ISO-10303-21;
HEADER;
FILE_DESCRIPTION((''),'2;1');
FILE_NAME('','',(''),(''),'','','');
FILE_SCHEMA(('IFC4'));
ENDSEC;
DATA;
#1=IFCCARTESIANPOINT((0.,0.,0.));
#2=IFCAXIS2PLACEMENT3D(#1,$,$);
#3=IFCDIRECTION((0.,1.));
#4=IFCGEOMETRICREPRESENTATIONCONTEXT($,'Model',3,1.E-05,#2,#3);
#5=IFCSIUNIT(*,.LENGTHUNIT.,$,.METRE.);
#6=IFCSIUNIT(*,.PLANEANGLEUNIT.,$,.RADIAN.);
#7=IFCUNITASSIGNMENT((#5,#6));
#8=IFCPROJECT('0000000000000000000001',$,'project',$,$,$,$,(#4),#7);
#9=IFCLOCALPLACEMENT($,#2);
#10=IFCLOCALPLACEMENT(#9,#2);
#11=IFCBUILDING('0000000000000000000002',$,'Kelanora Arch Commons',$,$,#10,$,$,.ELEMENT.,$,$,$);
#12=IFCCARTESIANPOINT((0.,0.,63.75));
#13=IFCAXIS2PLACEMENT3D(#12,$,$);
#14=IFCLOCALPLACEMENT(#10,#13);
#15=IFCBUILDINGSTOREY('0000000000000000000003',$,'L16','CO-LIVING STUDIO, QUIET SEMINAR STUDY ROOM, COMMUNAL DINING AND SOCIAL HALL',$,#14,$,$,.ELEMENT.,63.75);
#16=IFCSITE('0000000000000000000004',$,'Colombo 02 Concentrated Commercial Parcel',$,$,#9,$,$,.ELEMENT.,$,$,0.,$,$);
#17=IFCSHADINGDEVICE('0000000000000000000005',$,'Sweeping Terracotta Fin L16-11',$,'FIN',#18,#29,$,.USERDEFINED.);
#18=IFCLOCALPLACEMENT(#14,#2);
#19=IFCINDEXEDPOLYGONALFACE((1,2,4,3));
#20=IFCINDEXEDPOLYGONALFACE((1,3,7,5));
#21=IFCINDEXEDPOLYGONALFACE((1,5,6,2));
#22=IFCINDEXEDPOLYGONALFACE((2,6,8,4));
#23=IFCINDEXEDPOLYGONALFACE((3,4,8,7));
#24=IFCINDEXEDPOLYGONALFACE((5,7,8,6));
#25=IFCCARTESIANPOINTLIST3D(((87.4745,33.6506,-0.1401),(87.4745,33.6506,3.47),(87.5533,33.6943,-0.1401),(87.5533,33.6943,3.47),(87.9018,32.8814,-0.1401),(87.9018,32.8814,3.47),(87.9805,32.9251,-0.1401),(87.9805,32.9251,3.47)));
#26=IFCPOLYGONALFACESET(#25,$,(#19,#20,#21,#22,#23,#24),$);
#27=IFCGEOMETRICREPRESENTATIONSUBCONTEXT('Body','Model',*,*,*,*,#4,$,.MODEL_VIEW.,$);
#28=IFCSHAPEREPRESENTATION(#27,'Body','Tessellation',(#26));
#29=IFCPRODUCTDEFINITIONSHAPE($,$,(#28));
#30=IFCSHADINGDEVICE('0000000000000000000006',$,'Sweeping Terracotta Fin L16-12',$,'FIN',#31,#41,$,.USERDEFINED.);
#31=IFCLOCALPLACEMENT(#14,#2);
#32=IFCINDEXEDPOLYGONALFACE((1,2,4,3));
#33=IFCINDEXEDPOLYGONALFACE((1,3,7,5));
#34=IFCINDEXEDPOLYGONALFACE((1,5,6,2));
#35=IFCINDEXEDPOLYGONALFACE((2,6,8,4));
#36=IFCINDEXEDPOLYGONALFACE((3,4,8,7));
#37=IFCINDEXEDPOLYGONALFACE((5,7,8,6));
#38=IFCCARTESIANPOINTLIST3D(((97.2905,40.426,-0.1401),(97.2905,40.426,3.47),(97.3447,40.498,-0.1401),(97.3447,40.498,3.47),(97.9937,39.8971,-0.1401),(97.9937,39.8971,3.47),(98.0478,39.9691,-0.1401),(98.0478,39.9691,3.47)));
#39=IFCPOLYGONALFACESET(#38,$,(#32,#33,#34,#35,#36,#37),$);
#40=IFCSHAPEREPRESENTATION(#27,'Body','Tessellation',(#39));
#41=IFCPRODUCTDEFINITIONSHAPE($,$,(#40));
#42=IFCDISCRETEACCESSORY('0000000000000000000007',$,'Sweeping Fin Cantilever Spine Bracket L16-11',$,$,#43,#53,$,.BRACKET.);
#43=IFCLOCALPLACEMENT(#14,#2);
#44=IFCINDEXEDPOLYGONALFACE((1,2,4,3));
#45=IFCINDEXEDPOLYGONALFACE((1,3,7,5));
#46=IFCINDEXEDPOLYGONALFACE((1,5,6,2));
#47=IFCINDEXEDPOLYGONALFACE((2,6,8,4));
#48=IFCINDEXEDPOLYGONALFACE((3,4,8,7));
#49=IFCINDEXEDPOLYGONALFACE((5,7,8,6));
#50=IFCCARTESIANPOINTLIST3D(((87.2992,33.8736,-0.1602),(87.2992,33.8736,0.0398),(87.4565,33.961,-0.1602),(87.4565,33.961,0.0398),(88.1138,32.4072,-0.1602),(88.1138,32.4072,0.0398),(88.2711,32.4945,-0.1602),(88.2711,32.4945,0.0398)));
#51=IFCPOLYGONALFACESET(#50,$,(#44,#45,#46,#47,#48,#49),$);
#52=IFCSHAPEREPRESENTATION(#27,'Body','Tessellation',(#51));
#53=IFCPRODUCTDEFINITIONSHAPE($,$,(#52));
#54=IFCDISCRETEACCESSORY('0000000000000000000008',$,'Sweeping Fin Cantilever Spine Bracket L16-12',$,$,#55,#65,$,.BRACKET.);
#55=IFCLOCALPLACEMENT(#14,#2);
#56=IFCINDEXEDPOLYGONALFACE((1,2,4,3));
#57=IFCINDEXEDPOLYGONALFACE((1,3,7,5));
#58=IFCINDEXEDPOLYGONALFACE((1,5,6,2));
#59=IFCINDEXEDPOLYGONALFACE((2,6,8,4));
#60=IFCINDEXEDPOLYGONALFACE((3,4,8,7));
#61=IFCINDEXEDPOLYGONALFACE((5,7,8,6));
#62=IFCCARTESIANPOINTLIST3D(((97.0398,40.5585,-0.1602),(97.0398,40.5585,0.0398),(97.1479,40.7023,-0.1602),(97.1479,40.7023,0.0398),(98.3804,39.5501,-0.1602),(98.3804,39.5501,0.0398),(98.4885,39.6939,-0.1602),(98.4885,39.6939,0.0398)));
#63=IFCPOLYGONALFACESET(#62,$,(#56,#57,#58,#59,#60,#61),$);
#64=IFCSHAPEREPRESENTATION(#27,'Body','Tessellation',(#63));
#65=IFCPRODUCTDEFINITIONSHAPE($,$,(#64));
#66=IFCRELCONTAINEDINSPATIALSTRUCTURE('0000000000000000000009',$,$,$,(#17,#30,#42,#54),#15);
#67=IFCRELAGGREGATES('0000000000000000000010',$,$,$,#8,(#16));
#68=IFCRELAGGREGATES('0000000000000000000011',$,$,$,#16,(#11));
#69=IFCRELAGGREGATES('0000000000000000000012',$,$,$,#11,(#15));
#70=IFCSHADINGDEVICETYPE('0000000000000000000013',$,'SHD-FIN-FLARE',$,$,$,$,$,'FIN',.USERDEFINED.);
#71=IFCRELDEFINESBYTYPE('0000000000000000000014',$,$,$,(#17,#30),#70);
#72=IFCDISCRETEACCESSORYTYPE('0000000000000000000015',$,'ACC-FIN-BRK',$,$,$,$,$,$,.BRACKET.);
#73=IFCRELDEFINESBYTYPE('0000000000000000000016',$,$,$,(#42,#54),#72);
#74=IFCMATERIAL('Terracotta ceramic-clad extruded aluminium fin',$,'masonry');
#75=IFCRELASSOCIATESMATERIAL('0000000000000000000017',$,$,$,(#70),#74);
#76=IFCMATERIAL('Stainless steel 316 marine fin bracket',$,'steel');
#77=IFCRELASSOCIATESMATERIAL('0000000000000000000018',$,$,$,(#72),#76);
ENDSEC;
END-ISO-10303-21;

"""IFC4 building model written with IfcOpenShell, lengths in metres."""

from ifc_helpers import new_model, si_unit, direction, frame, origin, origin_2d, place, context, subcontext, project, spatial, rectangle, extrude, source, transform, mapped, material, type_object, element, save


model = new_model("IFC4")

# Units and contexts
model_context = context("Model", 3, precision=1e-05, world=origin(), true_north=direction((0.0, 1.0)))
body_context = subcontext(model_context, "Body", "Model", "MODEL_VIEW")
ifc_project = project(units=[si_unit("LENGTHUNIT", "METRE"), si_unit("PLANEANGLEUNIT", "RADIAN")], contexts=[model_context])

# Site, building, storey
site_placement = place(None, origin())
site = spatial("IfcSite", under=ifc_project, at=site_placement, Name="Colombo 02 Concentrated Commercial Parcel", CompositionType="ELEMENT", RefElevation=0.0)
building_placement = place(site_placement, origin())
building = spatial("IfcBuilding", under=site, at=building_placement, Name="Kelanora Arch Commons", CompositionType="ELEMENT")
storey_placement = place(building_placement, frame((0.0, 0.0, 63.75)))
storey = spatial("IfcBuildingStorey", under=building, at=storey_placement, Name="L16", Description="CO-LIVING STUDIO, QUIET SEMINAR STUDY ROOM, COMMUNAL DINING AND SOCIAL HALL", CompositionType="ELEMENT", Elevation=63.75)

# Shading devices
ifc_material_1 = material(Name="Terracotta ceramic-clad extruded aluminium fin", Category="masonry")
shading_device_type = type_object("IfcShadingDeviceType", Name="SHD-FIN-FLARE", ElementType="FIN", PredefinedType="USERDEFINED", material=ifc_material_1)
shared_shape_1 = source(origin(), body_context, "Body", "SweptSolid", [
    extrude(rectangle(XDim=0.8799, YDim=0.0901, at=origin_2d()), origin(), (0.0, 0.0, 1.0), 3.6101),
])
for number, where, z_axis, x_axis, name in (
    (1, (87.7275, 33.2878, -0.1401), (0.0, 0.0, 1.0), (0.485573, -0.874196, 0.0), "Sweeping Terracotta Fin L16-11"),
    (2, (97.6692, 40.1975, -0.1401), (0.0, 0.0, 1.0), (0.79916, -0.601118, 0.0), "Sweeping Terracotta Fin L16-12"),
):
    element("IfcShadingDevice", number, at=place(storey_placement, frame(where, z_axis=z_axis, x_axis=x_axis)), inside=storey, type_object=shading_device_type, Name=name, ObjectType="FIN", PredefinedType="USERDEFINED", context=body_context, shape_type="MappedRepresentation", body=[
        mapped(shared_shape_1, transform((0.0, 0.0, 0.0), scale=1.0)),
    ])

# Discrete accessories
ifc_material_2 = material(Name="Stainless steel 316 marine fin bracket", Category="steel")
discrete_accessory_type = type_object("IfcDiscreteAccessoryType", Name="ACC-FIN-BRK", PredefinedType="BRACKET", material=ifc_material_2)
shared_shape_2 = source(origin(), body_context, "Body", "SweptSolid", [
    extrude(rectangle(XDim=1.6775, YDim=0.1799, at=origin_2d()), origin(), (0.0, 0.0, 1.0), 0.2),
])
for number, where, z_axis, x_axis, name in (
    (3, (87.7852, 33.1841, -0.1602), (0.0, 0.0, 1.0), (0.485573, -0.874196, 0.0), "Sweeping Fin Cantilever Spine Bracket L16-11"),
    (4, (97.7642, 40.1262, -0.1602), (0.0, 0.0, 1.0), (0.79916, -0.601118, 0.0), "Sweeping Fin Cantilever Spine Bracket L16-12"),
):
    element("IfcDiscreteAccessory", number, at=place(storey_placement, frame(where, z_axis=z_axis, x_axis=x_axis)), inside=storey, type_object=discrete_accessory_type, Name=name, PredefinedType="BRACKET", context=body_context, shape_type="MappedRepresentation", body=[
        mapped(shared_shape_2, transform((0.0, 0.0, 0.0), scale=1.0)),
    ])

save(model, "model.ifc")
